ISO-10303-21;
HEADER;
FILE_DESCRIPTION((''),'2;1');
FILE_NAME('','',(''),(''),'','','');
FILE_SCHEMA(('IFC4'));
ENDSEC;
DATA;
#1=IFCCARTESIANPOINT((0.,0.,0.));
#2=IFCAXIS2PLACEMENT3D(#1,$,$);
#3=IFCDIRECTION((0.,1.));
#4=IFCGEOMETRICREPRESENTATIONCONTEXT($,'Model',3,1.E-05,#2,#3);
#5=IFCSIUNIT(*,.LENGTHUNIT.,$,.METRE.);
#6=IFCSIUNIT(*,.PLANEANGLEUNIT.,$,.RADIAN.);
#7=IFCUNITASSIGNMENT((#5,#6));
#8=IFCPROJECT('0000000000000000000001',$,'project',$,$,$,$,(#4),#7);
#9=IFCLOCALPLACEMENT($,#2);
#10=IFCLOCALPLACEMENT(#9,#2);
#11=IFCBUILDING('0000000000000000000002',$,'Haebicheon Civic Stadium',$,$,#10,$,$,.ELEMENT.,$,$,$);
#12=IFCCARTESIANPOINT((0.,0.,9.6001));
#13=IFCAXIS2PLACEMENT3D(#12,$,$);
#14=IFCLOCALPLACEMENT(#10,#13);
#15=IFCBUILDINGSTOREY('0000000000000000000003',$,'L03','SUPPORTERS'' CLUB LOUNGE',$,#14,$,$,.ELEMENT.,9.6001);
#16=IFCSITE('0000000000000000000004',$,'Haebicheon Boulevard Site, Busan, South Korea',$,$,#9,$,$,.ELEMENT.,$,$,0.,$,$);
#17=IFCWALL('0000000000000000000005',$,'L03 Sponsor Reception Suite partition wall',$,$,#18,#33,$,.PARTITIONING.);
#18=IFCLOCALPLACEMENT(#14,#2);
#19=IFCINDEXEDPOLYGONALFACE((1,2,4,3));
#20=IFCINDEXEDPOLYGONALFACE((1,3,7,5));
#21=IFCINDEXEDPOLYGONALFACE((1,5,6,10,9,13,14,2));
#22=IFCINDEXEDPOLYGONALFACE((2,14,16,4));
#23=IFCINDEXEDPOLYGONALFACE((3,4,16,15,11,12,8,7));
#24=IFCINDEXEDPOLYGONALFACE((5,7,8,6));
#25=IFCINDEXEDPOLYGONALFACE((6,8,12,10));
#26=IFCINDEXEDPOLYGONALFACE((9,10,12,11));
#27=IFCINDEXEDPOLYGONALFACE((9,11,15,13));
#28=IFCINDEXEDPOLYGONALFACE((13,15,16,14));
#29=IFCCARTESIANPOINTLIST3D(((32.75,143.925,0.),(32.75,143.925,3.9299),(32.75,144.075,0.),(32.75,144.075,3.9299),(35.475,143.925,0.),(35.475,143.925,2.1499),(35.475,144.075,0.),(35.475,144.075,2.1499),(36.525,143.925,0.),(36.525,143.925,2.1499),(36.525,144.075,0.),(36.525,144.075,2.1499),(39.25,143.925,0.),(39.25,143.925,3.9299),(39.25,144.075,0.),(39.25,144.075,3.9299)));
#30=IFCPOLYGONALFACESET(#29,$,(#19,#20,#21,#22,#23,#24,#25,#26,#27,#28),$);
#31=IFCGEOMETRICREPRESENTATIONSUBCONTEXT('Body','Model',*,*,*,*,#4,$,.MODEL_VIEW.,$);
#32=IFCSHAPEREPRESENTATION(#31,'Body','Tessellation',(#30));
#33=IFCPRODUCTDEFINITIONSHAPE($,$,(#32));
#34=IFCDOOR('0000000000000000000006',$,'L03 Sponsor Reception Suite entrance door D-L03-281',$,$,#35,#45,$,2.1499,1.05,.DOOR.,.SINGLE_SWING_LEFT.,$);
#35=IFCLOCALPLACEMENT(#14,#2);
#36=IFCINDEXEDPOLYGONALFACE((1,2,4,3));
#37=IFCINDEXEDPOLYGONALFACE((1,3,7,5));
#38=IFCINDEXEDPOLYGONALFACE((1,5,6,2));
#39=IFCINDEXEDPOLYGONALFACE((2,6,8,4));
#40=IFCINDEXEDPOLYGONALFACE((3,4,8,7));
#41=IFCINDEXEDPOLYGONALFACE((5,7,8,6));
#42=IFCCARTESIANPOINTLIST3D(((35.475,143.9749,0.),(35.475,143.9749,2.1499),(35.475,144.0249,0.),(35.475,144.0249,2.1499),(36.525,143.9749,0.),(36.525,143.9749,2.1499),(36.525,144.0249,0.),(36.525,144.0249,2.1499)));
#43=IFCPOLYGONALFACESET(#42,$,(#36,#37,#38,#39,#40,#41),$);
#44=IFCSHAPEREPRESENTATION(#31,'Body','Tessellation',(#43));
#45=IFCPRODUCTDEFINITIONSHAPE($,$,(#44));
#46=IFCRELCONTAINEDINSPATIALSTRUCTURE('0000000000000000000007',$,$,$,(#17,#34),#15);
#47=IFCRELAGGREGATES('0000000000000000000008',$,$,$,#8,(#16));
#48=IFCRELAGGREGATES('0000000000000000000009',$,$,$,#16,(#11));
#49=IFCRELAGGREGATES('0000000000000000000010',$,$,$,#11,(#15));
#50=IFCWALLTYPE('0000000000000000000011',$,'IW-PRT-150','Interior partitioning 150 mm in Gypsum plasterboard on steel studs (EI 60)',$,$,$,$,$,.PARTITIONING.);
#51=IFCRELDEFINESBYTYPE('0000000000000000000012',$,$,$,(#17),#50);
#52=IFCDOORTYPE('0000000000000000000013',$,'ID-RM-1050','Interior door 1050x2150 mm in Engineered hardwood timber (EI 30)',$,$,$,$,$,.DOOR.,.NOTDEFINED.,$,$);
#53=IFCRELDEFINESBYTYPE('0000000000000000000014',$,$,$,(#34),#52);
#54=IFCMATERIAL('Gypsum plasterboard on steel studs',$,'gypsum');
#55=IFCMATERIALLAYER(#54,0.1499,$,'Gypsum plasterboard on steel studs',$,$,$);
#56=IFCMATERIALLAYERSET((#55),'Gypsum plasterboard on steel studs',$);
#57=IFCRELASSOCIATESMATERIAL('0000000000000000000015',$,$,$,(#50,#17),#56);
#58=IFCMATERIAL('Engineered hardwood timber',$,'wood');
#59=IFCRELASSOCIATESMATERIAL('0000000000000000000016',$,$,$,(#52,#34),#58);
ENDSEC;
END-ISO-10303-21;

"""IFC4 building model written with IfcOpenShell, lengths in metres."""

from ifc_helpers import new_model, si_unit, direction, frame, frame_2d, origin, place, context, subcontext, project, spatial, rectangle, extrude, material, layer, layer_set, type_object, element, fill, save


model = new_model("IFC4")

# Units and contexts
model_context = context("Model", 3, precision=1e-05, world=origin(), true_north=direction((0.0, 1.0)))
body_context = subcontext(model_context, "Body", "Model", "MODEL_VIEW")
ifc_project = project(units=[si_unit("LENGTHUNIT", "METRE"), si_unit("PLANEANGLEUNIT", "RADIAN")], contexts=[model_context])

# Site, building, storey
site_placement = place(None, origin())
site = spatial("IfcSite", under=ifc_project, at=site_placement, Name="Haebicheon Boulevard Site, Busan, South Korea", CompositionType="ELEMENT", RefElevation=0.0)
building_placement = place(site_placement, origin())
building = spatial("IfcBuilding", under=site, at=building_placement, Name="Haebicheon Civic Stadium", CompositionType="ELEMENT")
storey_placement = place(building_placement, frame((0.0, 0.0, 9.6001)))
storey = spatial("IfcBuildingStorey", under=building, at=storey_placement, Name="L03", Description="SUPPORTERS' CLUB LOUNGE", CompositionType="ELEMENT", Elevation=9.6001)

# Wall, opening, door
ifc_material_1 = material(Name="Gypsum plasterboard on steel studs", Category="gypsum")
ifc_layer_1 = layer(ifc_material_1, 0.1499, Name="Gypsum plasterboard on steel studs")
ifc_layer_set_1 = layer_set([ifc_layer_1], Name="Gypsum plasterboard on steel studs")
wall_type_1 = type_object("IfcWallType", Name="IW-PRT-150", Description="Interior partitioning 150 mm in Gypsum plasterboard on steel studs (EI 60)", PredefinedType="PARTITIONING", material=ifc_layer_set_1)
ifc_material_2 = material(Name="Engineered hardwood timber", Category="wood")
door_type_1 = type_object("IfcDoorType", Name="ID-RM-1050", Description="Interior door 1050x2150 mm in Engineered hardwood timber (EI 30)", OperationType="NOTDEFINED", PredefinedType="DOOR", material=ifc_material_2)
wall_1_placement = place(storey_placement, frame((32.75, 144.0, 0.0), z_axis=(0.0, 0.0, 1.0), x_axis=(1.0, 0.0, 0.0)))
wall_1 = element("IfcWall", 1, at=wall_1_placement, inside=storey, type_object=wall_type_1, material=ifc_layer_set_1, Name="L03 Sponsor Reception Suite partition wall", PredefinedType="PARTITIONING", context=body_context, shape_type="SweptSolid", body=[
    extrude(rectangle(XDim=6.5, YDim=0.1499, at=frame_2d((3.25, 0.0))), origin(), (0.0, 0.0, 1.0), 3.9299),
])
opening_1_placement = place(wall_1_placement, frame((2.7251, 0.0, 0.0)))
opening_1 = element("IfcOpeningElement", 2, at=opening_1_placement, cuts=wall_1, PredefinedType="OPENING", context=body_context, shape_type="SweptSolid", body=[
    extrude(rectangle(XDim=1.05, YDim=2.1499, at=frame_2d((0.5249, 1.075))), frame((0.0, 0.085, 0.0), z_axis=(0.0, -1.0, 0.0), x_axis=(1.0, 0.0, 0.0)), (0.0, 0.0, 1.0), 0.1699),
])
door_1_placement = place(opening_1_placement, origin())
door_1 = element("IfcDoor", 3, at=door_1_placement, inside=storey, type_object=door_type_1, material=ifc_material_2, Name="L03 Sponsor Reception Suite entrance door D-L03-281", OperationType="SINGLE_SWING_LEFT", OverallHeight=2.1499, OverallWidth=1.05, PredefinedType="DOOR", context=body_context, shape_type="SweptSolid", body=[
    extrude(rectangle(XDim=1.05, YDim=2.1499, at=frame_2d((0.5249, 1.075))), frame((0.0, 0.0249, 0.0), z_axis=(0.0, -1.0, 0.0), x_axis=(1.0, 0.0, 0.0)), (0.0, 0.0, 1.0), 0.05),
])
fill(opening_1, door_1)

save(model, "model.ifc")
